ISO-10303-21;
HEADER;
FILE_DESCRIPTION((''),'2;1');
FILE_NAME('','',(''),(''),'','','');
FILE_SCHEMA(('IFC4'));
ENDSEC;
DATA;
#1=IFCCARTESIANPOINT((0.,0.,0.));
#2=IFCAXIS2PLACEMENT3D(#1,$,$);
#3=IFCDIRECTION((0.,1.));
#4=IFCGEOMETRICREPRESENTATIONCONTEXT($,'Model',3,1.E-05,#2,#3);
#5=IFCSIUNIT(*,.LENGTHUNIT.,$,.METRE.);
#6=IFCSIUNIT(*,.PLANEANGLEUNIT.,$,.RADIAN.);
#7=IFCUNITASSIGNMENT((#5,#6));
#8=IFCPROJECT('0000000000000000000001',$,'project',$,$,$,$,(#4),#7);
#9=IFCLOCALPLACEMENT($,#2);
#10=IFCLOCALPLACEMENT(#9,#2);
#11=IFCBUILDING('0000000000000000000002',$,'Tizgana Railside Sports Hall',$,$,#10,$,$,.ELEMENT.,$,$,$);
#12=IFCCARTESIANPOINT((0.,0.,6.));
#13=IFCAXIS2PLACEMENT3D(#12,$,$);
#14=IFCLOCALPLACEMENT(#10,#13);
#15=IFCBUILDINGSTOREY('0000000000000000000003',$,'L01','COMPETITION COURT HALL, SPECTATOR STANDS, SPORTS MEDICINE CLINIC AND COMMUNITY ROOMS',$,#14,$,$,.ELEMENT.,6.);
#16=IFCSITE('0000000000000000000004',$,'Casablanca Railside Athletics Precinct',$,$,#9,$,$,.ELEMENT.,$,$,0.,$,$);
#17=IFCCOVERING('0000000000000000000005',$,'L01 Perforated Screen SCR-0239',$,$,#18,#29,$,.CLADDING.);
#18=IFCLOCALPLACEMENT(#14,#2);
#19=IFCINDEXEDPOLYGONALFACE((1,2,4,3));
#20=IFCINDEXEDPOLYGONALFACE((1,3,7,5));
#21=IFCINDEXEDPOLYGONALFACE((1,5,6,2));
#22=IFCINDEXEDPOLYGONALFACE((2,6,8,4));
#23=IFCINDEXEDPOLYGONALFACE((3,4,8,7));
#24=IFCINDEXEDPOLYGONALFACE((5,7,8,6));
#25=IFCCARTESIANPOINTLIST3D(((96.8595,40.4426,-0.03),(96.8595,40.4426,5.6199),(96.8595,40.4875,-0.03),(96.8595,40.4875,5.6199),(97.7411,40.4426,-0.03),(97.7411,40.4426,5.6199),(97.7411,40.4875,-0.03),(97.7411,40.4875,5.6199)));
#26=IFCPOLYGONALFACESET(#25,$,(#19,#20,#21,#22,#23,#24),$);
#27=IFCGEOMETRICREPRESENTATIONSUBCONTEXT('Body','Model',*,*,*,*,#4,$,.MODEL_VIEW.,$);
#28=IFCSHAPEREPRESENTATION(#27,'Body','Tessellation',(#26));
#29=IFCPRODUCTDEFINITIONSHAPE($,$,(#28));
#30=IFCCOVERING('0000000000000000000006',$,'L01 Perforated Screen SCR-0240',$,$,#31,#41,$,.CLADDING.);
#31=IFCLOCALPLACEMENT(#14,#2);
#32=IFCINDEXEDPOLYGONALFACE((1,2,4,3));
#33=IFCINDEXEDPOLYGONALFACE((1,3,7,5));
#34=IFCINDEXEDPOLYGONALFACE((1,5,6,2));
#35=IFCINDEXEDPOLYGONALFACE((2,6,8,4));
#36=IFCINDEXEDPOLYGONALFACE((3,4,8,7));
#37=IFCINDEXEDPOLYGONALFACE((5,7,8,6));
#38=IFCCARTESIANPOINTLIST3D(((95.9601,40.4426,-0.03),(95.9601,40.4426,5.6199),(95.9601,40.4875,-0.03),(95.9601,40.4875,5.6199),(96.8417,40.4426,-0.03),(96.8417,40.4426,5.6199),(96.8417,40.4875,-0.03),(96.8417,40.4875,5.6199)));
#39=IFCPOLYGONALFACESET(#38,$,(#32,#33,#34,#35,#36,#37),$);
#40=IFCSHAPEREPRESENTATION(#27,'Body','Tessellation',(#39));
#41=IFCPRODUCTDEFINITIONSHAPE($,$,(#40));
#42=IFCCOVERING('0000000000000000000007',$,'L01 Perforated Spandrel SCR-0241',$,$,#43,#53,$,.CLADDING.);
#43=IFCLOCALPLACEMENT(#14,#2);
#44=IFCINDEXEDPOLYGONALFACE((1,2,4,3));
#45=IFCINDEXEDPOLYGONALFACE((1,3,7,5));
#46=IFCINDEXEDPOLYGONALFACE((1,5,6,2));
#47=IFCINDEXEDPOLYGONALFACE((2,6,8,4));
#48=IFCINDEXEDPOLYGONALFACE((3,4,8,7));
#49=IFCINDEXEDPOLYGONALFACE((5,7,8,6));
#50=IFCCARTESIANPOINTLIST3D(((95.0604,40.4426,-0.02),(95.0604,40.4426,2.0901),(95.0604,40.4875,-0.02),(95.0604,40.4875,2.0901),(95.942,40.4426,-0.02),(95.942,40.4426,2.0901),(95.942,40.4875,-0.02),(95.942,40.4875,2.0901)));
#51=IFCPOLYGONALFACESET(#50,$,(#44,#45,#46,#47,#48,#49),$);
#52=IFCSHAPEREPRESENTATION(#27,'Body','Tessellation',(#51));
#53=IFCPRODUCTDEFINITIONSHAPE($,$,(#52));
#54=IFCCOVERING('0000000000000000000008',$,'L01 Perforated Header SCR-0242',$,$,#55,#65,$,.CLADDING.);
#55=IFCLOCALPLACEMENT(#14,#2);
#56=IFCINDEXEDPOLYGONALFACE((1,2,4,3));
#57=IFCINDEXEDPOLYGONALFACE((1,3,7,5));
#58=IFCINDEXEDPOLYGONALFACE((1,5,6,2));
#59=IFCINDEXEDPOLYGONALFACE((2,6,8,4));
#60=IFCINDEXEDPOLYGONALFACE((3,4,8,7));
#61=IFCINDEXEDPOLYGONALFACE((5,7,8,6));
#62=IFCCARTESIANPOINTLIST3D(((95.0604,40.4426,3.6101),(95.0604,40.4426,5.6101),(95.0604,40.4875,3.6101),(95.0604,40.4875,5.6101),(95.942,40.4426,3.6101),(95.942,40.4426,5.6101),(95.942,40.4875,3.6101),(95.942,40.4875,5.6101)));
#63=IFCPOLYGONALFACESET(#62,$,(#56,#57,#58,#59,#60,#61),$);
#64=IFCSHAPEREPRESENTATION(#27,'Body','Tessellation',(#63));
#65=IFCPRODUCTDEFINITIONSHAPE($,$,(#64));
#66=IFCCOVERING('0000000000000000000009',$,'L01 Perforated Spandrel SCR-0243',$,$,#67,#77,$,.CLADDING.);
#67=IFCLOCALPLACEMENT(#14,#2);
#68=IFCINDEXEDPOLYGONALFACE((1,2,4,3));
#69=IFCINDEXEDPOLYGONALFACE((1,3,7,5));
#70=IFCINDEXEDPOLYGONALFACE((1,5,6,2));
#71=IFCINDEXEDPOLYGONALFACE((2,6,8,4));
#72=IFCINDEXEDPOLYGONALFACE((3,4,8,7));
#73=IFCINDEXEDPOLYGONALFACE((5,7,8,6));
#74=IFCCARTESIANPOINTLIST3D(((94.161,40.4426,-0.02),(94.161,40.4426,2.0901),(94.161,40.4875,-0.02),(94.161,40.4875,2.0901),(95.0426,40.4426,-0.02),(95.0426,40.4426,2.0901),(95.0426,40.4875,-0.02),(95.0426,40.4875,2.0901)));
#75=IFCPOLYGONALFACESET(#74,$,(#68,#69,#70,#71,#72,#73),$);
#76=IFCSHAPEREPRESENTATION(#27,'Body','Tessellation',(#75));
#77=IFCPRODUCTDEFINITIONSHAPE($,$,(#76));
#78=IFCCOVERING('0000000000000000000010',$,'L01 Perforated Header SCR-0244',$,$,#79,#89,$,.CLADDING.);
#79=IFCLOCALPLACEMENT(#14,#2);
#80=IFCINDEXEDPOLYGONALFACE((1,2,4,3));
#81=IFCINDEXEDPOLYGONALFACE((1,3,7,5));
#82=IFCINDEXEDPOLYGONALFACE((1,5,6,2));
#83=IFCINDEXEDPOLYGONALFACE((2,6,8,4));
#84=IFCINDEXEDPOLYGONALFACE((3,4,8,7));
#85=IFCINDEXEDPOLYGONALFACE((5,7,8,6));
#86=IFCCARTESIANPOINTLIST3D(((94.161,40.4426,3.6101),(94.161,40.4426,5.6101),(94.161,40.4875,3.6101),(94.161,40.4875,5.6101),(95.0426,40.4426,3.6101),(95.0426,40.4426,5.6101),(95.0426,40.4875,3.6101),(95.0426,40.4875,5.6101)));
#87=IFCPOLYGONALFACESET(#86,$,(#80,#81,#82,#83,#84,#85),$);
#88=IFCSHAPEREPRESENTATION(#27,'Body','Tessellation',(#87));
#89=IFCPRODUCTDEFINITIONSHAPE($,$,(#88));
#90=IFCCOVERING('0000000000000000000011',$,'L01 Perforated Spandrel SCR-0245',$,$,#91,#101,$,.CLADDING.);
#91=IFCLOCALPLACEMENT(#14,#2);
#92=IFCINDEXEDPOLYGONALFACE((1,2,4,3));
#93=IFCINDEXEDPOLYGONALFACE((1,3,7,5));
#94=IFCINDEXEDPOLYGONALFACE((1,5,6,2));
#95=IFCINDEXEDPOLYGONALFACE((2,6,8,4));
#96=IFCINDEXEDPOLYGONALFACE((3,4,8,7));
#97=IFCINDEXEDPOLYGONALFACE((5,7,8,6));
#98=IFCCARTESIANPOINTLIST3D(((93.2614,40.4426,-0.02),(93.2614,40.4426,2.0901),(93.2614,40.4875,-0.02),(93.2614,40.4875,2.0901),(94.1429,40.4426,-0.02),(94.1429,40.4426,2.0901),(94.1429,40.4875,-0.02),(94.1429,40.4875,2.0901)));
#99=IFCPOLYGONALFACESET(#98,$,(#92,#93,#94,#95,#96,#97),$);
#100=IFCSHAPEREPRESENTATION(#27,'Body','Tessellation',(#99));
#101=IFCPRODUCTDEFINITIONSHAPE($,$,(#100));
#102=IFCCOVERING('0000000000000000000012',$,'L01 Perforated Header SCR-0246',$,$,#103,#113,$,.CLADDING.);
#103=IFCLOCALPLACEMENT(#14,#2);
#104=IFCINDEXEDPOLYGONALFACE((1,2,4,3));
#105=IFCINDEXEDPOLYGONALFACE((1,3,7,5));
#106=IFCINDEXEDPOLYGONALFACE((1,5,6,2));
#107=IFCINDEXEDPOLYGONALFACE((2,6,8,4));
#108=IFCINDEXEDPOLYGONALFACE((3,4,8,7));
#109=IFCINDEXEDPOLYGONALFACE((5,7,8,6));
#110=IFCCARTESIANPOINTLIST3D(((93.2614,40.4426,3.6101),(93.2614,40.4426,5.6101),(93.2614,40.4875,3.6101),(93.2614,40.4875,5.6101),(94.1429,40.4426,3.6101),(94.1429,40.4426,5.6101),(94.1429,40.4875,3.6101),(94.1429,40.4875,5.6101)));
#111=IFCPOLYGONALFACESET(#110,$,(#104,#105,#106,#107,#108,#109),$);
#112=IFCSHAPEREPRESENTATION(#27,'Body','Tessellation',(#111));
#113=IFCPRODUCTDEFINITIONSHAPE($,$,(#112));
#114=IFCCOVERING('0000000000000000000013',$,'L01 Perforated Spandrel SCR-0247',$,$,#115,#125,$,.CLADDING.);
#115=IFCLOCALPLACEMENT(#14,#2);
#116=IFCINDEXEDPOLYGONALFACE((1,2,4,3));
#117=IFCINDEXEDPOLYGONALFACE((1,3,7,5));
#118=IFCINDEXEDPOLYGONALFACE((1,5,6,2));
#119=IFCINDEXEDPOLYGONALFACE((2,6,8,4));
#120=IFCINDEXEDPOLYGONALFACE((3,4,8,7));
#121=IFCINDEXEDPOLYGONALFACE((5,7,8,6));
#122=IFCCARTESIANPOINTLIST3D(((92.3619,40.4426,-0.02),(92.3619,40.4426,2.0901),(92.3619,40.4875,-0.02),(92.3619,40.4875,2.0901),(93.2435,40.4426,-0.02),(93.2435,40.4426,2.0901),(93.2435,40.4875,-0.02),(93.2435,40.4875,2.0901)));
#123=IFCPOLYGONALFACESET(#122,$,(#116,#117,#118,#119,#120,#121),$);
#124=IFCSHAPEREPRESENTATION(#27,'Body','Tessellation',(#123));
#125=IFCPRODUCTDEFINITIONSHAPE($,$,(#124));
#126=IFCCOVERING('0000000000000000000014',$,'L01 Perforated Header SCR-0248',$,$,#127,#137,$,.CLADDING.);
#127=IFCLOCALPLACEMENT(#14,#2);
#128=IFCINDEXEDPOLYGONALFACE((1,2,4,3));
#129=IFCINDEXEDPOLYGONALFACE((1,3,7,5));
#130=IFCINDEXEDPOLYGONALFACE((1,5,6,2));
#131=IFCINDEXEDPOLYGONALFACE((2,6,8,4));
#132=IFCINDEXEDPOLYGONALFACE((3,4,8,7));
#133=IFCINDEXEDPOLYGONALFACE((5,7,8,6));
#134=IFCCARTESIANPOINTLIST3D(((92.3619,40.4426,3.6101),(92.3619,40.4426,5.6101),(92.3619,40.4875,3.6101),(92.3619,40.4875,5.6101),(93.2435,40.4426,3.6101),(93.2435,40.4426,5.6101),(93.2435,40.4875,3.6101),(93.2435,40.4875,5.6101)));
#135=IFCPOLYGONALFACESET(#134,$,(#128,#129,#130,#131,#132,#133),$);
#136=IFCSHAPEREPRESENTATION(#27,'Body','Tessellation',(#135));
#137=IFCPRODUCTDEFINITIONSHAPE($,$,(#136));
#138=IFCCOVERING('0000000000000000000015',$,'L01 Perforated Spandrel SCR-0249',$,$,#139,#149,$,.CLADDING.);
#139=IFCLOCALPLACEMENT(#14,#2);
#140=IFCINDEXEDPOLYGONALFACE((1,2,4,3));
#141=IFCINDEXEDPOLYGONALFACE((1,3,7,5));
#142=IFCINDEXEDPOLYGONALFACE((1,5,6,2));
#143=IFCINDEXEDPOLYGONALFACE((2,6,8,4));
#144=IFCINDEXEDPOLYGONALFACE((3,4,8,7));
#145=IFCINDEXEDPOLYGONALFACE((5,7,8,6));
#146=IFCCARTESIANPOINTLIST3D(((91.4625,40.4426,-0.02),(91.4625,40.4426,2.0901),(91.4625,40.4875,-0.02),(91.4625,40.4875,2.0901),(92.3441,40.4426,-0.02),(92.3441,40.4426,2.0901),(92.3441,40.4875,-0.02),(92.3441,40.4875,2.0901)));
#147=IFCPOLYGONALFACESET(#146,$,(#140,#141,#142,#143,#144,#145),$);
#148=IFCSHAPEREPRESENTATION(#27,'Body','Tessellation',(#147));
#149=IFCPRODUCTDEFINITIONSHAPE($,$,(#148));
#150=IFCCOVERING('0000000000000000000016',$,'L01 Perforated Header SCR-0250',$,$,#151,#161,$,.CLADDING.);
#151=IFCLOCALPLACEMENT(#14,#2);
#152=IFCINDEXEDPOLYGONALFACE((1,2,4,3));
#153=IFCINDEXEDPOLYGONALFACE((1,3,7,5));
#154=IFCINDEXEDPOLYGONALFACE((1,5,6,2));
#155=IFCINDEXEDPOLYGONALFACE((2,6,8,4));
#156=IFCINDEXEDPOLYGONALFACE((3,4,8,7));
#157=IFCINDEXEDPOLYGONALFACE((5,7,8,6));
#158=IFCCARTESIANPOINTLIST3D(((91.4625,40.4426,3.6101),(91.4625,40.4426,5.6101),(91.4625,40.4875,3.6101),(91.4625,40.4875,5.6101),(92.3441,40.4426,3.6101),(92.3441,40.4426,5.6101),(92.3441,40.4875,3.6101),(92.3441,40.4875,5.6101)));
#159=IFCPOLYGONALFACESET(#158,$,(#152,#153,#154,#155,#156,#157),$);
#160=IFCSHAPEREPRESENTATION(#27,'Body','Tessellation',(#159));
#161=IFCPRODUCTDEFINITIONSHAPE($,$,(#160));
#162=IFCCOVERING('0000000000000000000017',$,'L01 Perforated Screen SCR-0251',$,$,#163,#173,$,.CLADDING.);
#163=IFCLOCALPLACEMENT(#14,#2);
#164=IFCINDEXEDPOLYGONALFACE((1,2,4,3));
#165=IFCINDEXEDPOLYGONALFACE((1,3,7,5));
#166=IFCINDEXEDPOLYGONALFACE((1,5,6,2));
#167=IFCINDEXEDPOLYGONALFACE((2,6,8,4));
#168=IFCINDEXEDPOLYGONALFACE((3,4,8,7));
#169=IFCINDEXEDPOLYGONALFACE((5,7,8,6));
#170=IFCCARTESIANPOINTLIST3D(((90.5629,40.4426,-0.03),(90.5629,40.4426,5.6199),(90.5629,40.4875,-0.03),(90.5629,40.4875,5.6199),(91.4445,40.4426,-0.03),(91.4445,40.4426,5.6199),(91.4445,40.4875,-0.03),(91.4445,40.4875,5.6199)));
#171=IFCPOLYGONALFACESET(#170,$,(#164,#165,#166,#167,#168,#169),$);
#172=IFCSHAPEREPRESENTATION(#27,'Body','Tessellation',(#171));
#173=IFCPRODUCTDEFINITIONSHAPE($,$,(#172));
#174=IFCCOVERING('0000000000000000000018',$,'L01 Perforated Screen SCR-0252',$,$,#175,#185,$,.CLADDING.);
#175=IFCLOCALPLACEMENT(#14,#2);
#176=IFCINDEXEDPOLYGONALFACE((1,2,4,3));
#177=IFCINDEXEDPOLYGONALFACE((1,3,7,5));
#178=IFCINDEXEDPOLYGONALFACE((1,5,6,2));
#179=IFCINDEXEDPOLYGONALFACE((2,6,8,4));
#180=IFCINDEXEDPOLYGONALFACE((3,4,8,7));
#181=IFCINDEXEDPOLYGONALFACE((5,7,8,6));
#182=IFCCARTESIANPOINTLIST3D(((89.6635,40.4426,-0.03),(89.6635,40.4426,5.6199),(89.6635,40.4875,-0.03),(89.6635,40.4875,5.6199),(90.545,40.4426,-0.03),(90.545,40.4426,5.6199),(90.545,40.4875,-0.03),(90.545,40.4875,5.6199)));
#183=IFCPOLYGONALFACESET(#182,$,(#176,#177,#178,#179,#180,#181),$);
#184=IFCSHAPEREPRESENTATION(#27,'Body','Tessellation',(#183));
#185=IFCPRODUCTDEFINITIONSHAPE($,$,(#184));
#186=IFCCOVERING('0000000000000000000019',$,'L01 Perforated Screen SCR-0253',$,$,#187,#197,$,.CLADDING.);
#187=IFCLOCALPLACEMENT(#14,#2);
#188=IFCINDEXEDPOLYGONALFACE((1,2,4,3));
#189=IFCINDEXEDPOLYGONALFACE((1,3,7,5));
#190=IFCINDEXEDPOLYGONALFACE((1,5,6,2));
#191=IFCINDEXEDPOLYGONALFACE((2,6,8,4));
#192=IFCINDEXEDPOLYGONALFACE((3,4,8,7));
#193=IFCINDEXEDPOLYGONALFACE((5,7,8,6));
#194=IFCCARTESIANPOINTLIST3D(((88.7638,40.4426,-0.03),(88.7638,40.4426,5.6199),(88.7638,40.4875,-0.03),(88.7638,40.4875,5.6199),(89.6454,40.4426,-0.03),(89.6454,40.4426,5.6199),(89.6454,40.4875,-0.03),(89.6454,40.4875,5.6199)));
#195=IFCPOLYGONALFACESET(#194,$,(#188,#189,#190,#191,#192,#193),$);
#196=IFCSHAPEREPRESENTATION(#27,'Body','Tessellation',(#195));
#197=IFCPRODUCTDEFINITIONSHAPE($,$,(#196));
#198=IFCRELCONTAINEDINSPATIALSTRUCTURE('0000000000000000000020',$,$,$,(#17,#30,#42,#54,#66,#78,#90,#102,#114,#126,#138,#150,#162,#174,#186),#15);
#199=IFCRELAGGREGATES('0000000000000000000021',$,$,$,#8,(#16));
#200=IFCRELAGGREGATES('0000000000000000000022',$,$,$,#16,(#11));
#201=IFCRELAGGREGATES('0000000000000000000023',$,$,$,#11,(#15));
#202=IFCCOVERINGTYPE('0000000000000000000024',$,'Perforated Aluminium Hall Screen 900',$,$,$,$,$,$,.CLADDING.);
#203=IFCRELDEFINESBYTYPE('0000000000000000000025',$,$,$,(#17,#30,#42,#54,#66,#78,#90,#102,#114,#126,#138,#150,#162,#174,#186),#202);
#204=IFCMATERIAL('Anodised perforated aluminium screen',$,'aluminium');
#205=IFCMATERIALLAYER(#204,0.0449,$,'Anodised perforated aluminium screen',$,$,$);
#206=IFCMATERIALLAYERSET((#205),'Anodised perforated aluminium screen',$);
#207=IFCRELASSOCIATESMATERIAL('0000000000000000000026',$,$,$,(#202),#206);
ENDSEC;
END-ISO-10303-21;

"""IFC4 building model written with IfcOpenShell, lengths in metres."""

from ifc_helpers import new_model, si_unit, direction, frame, origin, origin_2d, place, context, subcontext, project, spatial, rectangle, extrude, material, layer, layer_set, type_object, element, save


model = new_model("IFC4")

# Units and contexts
model_context = context("Model", 3, precision=1e-05, world=origin(), true_north=direction((0.0, 1.0)))
body_context = subcontext(model_context, "Body", "Model", "MODEL_VIEW")
ifc_project = project(units=[si_unit("LENGTHUNIT", "METRE"), si_unit("PLANEANGLEUNIT", "RADIAN")], contexts=[model_context])

# Site, building, storey
site_placement = place(None, origin())
site = spatial("IfcSite", under=ifc_project, at=site_placement, Name="Casablanca Railside Athletics Precinct", CompositionType="ELEMENT", RefElevation=0.0)
building_placement = place(site_placement, origin())
building = spatial("IfcBuilding", under=site, at=building_placement, Name="Tizgana Railside Sports Hall", CompositionType="ELEMENT")
storey_placement = place(building_placement, frame((0.0, 0.0, 6.0)))
storey = spatial("IfcBuildingStorey", under=building, at=storey_placement, Name="L01", Description="COMPETITION COURT HALL, SPECTATOR STANDS, SPORTS MEDICINE CLINIC AND COMMUNITY ROOMS", CompositionType="ELEMENT", Elevation=6.0)

# Coverings
ifc_material_1 = material(Name="Anodised perforated aluminium screen", Category="aluminium")
ifc_layer_1 = layer(ifc_material_1, 0.0449, Name="Anodised perforated aluminium screen")
ifc_layer_set_1 = layer_set([ifc_layer_1], Name="Anodised perforated aluminium screen")
covering_type = type_object("IfcCoveringType", Name="Perforated Aluminium Hall Screen 900", PredefinedType="CLADDING", material=ifc_layer_set_1)
for number, where, z_axis, x_axis, name in (
    (1, (97.3003, 40.4651, -0.03), (0.0, 0.0, 1.0), (-1.0, 0.0, 0.0), "L01 Perforated Screen SCR-0239"),
    (2, (96.4009, 40.4651, -0.03), (0.0, 0.0, 1.0), (-1.0, 0.0, 0.0), "L01 Perforated Screen SCR-0240"),
):
    element("IfcCovering", number, at=place(storey_placement, frame(where, z_axis=z_axis, x_axis=x_axis)), inside=storey, type_object=covering_type, Name=name, PredefinedType="CLADDING", context=body_context, shape_type="SweptSolid", body=[
        extrude(rectangle(XDim=0.8816, YDim=0.0449, at=origin_2d()), origin(), (0.0, 0.0, 1.0), 5.6499),
    ])
covering_1_placement = place(storey_placement, frame((95.5012, 40.4651, -0.02), z_axis=(0.0, 0.0, 1.0), x_axis=(-1.0, 0.0, 0.0)))
element("IfcCovering", 3, at=covering_1_placement, inside=storey, type_object=covering_type, Name="L01 Perforated Spandrel SCR-0241", PredefinedType="CLADDING", context=body_context, shape_type="SweptSolid", body=[
    extrude(rectangle(XDim=0.8816, YDim=0.0449, at=origin_2d()), origin(), (0.0, 0.0, 1.0), 2.1101),
])
covering_2_placement = place(storey_placement, frame((95.5012, 40.4651, 3.6101), z_axis=(0.0, 0.0, 1.0), x_axis=(-1.0, 0.0, 0.0)))
element("IfcCovering", 4, at=covering_2_placement, inside=storey, type_object=covering_type, Name="L01 Perforated Header SCR-0242", PredefinedType="CLADDING", context=body_context, shape_type="SweptSolid", body=[
    extrude(rectangle(XDim=0.8816, YDim=0.0449, at=origin_2d()), origin(), (0.0, 0.0, 1.0), 2.0),
])
covering_3_placement = place(storey_placement, frame((94.6018, 40.4651, -0.02), z_axis=(0.0, 0.0, 1.0), x_axis=(-1.0, 0.0, 0.0)))
element("IfcCovering", 5, at=covering_3_placement, inside=storey, type_object=covering_type, Name="L01 Perforated Spandrel SCR-0243", PredefinedType="CLADDING", context=body_context, shape_type="SweptSolid", body=[
    extrude(rectangle(XDim=0.8816, YDim=0.0449, at=origin_2d()), origin(), (0.0, 0.0, 1.0), 2.1101),
])
covering_4_placement = place(storey_placement, frame((94.6018, 40.4651, 3.6101), z_axis=(0.0, 0.0, 1.0), x_axis=(-1.0, 0.0, 0.0)))
element("IfcCovering", 6, at=covering_4_placement, inside=storey, type_object=covering_type, Name="L01 Perforated Header SCR-0244", PredefinedType="CLADDING", context=body_context, shape_type="SweptSolid", body=[
    extrude(rectangle(XDim=0.8816, YDim=0.0449, at=origin_2d()), origin(), (0.0, 0.0, 1.0), 2.0),
])
covering_5_placement = place(storey_placement, frame((93.7021, 40.4651, -0.02), z_axis=(0.0, 0.0, 1.0), x_axis=(-1.0, 0.0, 0.0)))
element("IfcCovering", 7, at=covering_5_placement, inside=storey, type_object=covering_type, Name="L01 Perforated Spandrel SCR-0245", PredefinedType="CLADDING", context=body_context, shape_type="SweptSolid", body=[
    extrude(rectangle(XDim=0.8816, YDim=0.0449, at=origin_2d()), origin(), (0.0, 0.0, 1.0), 2.1101),
])
covering_6_placement = place(storey_placement, frame((93.7021, 40.4651, 3.6101), z_axis=(0.0, 0.0, 1.0), x_axis=(-1.0, 0.0, 0.0)))
element("IfcCovering", 8, at=covering_6_placement, inside=storey, type_object=covering_type, Name="L01 Perforated Header SCR-0246", PredefinedType="CLADDING", context=body_context, shape_type="SweptSolid", body=[
    extrude(rectangle(XDim=0.8816, YDim=0.0449, at=origin_2d()), origin(), (0.0, 0.0, 1.0), 2.0),
])
covering_7_placement = place(storey_placement, frame((92.8027, 40.4651, -0.02), z_axis=(0.0, 0.0, 1.0), x_axis=(-1.0, 0.0, 0.0)))
element("IfcCovering", 9, at=covering_7_placement, inside=storey, type_object=covering_type, Name="L01 Perforated Spandrel SCR-0247", PredefinedType="CLADDING", context=body_context, shape_type="SweptSolid", body=[
    extrude(rectangle(XDim=0.8816, YDim=0.0449, at=origin_2d()), origin(), (0.0, 0.0, 1.0), 2.1101),
])
covering_8_placement = place(storey_placement, frame((92.8027, 40.4651, 3.6101), z_axis=(0.0, 0.0, 1.0), x_axis=(-1.0, 0.0, 0.0)))
element("IfcCovering", 10, at=covering_8_placement, inside=storey, type_object=covering_type, Name="L01 Perforated Header SCR-0248", PredefinedType="CLADDING", context=body_context, shape_type="SweptSolid", body=[
    extrude(rectangle(XDim=0.8816, YDim=0.0449, at=origin_2d()), origin(), (0.0, 0.0, 1.0), 2.0),
])
covering_9_placement = place(storey_placement, frame((91.9033, 40.4651, -0.02), z_axis=(0.0, 0.0, 1.0), x_axis=(-1.0, 0.0, 0.0)))
element("IfcCovering", 11, at=covering_9_placement, inside=storey, type_object=covering_type, Name="L01 Perforated Spandrel SCR-0249", PredefinedType="CLADDING", context=body_context, shape_type="SweptSolid", body=[
    extrude(rectangle(XDim=0.8816, YDim=0.0449, at=origin_2d()), origin(), (0.0, 0.0, 1.0), 2.1101),
])
covering_10_placement = place(storey_placement, frame((91.9033, 40.4651, 3.6101), z_axis=(0.0, 0.0, 1.0), x_axis=(-1.0, 0.0, 0.0)))
element("IfcCovering", 12, at=covering_10_placement, inside=storey, type_object=covering_type, Name="L01 Perforated Header SCR-0250", PredefinedType="CLADDING", context=body_context, shape_type="SweptSolid", body=[
    extrude(rectangle(XDim=0.8816, YDim=0.0449, at=origin_2d()), origin(), (0.0, 0.0, 1.0), 2.0),
])
for number, where, z_axis, x_axis, name in (
    (13, (91.0037, 40.4651, -0.03), (0.0, 0.0, 1.0), (-1.0, 0.0, 0.0), "L01 Perforated Screen SCR-0251"),
    (14, (90.1042, 40.4651, -0.03), (0.0, 0.0, 1.0), (-1.0, 0.0, 0.0), "L01 Perforated Screen SCR-0252"),
    (15, (89.2046, 40.4651, -0.03), (0.0, 0.0, 1.0), (-1.0, 0.0, 0.0), "L01 Perforated Screen SCR-0253"),
):
    element("IfcCovering", number, at=place(storey_placement, frame(where, z_axis=z_axis, x_axis=x_axis)), inside=storey, type_object=covering_type, Name=name, PredefinedType="CLADDING", context=body_context, shape_type="SweptSolid", body=[
        extrude(rectangle(XDim=0.8816, YDim=0.0449, at=origin_2d()), origin(), (0.0, 0.0, 1.0), 5.6499),
    ])

save(model, "model.ifc")
